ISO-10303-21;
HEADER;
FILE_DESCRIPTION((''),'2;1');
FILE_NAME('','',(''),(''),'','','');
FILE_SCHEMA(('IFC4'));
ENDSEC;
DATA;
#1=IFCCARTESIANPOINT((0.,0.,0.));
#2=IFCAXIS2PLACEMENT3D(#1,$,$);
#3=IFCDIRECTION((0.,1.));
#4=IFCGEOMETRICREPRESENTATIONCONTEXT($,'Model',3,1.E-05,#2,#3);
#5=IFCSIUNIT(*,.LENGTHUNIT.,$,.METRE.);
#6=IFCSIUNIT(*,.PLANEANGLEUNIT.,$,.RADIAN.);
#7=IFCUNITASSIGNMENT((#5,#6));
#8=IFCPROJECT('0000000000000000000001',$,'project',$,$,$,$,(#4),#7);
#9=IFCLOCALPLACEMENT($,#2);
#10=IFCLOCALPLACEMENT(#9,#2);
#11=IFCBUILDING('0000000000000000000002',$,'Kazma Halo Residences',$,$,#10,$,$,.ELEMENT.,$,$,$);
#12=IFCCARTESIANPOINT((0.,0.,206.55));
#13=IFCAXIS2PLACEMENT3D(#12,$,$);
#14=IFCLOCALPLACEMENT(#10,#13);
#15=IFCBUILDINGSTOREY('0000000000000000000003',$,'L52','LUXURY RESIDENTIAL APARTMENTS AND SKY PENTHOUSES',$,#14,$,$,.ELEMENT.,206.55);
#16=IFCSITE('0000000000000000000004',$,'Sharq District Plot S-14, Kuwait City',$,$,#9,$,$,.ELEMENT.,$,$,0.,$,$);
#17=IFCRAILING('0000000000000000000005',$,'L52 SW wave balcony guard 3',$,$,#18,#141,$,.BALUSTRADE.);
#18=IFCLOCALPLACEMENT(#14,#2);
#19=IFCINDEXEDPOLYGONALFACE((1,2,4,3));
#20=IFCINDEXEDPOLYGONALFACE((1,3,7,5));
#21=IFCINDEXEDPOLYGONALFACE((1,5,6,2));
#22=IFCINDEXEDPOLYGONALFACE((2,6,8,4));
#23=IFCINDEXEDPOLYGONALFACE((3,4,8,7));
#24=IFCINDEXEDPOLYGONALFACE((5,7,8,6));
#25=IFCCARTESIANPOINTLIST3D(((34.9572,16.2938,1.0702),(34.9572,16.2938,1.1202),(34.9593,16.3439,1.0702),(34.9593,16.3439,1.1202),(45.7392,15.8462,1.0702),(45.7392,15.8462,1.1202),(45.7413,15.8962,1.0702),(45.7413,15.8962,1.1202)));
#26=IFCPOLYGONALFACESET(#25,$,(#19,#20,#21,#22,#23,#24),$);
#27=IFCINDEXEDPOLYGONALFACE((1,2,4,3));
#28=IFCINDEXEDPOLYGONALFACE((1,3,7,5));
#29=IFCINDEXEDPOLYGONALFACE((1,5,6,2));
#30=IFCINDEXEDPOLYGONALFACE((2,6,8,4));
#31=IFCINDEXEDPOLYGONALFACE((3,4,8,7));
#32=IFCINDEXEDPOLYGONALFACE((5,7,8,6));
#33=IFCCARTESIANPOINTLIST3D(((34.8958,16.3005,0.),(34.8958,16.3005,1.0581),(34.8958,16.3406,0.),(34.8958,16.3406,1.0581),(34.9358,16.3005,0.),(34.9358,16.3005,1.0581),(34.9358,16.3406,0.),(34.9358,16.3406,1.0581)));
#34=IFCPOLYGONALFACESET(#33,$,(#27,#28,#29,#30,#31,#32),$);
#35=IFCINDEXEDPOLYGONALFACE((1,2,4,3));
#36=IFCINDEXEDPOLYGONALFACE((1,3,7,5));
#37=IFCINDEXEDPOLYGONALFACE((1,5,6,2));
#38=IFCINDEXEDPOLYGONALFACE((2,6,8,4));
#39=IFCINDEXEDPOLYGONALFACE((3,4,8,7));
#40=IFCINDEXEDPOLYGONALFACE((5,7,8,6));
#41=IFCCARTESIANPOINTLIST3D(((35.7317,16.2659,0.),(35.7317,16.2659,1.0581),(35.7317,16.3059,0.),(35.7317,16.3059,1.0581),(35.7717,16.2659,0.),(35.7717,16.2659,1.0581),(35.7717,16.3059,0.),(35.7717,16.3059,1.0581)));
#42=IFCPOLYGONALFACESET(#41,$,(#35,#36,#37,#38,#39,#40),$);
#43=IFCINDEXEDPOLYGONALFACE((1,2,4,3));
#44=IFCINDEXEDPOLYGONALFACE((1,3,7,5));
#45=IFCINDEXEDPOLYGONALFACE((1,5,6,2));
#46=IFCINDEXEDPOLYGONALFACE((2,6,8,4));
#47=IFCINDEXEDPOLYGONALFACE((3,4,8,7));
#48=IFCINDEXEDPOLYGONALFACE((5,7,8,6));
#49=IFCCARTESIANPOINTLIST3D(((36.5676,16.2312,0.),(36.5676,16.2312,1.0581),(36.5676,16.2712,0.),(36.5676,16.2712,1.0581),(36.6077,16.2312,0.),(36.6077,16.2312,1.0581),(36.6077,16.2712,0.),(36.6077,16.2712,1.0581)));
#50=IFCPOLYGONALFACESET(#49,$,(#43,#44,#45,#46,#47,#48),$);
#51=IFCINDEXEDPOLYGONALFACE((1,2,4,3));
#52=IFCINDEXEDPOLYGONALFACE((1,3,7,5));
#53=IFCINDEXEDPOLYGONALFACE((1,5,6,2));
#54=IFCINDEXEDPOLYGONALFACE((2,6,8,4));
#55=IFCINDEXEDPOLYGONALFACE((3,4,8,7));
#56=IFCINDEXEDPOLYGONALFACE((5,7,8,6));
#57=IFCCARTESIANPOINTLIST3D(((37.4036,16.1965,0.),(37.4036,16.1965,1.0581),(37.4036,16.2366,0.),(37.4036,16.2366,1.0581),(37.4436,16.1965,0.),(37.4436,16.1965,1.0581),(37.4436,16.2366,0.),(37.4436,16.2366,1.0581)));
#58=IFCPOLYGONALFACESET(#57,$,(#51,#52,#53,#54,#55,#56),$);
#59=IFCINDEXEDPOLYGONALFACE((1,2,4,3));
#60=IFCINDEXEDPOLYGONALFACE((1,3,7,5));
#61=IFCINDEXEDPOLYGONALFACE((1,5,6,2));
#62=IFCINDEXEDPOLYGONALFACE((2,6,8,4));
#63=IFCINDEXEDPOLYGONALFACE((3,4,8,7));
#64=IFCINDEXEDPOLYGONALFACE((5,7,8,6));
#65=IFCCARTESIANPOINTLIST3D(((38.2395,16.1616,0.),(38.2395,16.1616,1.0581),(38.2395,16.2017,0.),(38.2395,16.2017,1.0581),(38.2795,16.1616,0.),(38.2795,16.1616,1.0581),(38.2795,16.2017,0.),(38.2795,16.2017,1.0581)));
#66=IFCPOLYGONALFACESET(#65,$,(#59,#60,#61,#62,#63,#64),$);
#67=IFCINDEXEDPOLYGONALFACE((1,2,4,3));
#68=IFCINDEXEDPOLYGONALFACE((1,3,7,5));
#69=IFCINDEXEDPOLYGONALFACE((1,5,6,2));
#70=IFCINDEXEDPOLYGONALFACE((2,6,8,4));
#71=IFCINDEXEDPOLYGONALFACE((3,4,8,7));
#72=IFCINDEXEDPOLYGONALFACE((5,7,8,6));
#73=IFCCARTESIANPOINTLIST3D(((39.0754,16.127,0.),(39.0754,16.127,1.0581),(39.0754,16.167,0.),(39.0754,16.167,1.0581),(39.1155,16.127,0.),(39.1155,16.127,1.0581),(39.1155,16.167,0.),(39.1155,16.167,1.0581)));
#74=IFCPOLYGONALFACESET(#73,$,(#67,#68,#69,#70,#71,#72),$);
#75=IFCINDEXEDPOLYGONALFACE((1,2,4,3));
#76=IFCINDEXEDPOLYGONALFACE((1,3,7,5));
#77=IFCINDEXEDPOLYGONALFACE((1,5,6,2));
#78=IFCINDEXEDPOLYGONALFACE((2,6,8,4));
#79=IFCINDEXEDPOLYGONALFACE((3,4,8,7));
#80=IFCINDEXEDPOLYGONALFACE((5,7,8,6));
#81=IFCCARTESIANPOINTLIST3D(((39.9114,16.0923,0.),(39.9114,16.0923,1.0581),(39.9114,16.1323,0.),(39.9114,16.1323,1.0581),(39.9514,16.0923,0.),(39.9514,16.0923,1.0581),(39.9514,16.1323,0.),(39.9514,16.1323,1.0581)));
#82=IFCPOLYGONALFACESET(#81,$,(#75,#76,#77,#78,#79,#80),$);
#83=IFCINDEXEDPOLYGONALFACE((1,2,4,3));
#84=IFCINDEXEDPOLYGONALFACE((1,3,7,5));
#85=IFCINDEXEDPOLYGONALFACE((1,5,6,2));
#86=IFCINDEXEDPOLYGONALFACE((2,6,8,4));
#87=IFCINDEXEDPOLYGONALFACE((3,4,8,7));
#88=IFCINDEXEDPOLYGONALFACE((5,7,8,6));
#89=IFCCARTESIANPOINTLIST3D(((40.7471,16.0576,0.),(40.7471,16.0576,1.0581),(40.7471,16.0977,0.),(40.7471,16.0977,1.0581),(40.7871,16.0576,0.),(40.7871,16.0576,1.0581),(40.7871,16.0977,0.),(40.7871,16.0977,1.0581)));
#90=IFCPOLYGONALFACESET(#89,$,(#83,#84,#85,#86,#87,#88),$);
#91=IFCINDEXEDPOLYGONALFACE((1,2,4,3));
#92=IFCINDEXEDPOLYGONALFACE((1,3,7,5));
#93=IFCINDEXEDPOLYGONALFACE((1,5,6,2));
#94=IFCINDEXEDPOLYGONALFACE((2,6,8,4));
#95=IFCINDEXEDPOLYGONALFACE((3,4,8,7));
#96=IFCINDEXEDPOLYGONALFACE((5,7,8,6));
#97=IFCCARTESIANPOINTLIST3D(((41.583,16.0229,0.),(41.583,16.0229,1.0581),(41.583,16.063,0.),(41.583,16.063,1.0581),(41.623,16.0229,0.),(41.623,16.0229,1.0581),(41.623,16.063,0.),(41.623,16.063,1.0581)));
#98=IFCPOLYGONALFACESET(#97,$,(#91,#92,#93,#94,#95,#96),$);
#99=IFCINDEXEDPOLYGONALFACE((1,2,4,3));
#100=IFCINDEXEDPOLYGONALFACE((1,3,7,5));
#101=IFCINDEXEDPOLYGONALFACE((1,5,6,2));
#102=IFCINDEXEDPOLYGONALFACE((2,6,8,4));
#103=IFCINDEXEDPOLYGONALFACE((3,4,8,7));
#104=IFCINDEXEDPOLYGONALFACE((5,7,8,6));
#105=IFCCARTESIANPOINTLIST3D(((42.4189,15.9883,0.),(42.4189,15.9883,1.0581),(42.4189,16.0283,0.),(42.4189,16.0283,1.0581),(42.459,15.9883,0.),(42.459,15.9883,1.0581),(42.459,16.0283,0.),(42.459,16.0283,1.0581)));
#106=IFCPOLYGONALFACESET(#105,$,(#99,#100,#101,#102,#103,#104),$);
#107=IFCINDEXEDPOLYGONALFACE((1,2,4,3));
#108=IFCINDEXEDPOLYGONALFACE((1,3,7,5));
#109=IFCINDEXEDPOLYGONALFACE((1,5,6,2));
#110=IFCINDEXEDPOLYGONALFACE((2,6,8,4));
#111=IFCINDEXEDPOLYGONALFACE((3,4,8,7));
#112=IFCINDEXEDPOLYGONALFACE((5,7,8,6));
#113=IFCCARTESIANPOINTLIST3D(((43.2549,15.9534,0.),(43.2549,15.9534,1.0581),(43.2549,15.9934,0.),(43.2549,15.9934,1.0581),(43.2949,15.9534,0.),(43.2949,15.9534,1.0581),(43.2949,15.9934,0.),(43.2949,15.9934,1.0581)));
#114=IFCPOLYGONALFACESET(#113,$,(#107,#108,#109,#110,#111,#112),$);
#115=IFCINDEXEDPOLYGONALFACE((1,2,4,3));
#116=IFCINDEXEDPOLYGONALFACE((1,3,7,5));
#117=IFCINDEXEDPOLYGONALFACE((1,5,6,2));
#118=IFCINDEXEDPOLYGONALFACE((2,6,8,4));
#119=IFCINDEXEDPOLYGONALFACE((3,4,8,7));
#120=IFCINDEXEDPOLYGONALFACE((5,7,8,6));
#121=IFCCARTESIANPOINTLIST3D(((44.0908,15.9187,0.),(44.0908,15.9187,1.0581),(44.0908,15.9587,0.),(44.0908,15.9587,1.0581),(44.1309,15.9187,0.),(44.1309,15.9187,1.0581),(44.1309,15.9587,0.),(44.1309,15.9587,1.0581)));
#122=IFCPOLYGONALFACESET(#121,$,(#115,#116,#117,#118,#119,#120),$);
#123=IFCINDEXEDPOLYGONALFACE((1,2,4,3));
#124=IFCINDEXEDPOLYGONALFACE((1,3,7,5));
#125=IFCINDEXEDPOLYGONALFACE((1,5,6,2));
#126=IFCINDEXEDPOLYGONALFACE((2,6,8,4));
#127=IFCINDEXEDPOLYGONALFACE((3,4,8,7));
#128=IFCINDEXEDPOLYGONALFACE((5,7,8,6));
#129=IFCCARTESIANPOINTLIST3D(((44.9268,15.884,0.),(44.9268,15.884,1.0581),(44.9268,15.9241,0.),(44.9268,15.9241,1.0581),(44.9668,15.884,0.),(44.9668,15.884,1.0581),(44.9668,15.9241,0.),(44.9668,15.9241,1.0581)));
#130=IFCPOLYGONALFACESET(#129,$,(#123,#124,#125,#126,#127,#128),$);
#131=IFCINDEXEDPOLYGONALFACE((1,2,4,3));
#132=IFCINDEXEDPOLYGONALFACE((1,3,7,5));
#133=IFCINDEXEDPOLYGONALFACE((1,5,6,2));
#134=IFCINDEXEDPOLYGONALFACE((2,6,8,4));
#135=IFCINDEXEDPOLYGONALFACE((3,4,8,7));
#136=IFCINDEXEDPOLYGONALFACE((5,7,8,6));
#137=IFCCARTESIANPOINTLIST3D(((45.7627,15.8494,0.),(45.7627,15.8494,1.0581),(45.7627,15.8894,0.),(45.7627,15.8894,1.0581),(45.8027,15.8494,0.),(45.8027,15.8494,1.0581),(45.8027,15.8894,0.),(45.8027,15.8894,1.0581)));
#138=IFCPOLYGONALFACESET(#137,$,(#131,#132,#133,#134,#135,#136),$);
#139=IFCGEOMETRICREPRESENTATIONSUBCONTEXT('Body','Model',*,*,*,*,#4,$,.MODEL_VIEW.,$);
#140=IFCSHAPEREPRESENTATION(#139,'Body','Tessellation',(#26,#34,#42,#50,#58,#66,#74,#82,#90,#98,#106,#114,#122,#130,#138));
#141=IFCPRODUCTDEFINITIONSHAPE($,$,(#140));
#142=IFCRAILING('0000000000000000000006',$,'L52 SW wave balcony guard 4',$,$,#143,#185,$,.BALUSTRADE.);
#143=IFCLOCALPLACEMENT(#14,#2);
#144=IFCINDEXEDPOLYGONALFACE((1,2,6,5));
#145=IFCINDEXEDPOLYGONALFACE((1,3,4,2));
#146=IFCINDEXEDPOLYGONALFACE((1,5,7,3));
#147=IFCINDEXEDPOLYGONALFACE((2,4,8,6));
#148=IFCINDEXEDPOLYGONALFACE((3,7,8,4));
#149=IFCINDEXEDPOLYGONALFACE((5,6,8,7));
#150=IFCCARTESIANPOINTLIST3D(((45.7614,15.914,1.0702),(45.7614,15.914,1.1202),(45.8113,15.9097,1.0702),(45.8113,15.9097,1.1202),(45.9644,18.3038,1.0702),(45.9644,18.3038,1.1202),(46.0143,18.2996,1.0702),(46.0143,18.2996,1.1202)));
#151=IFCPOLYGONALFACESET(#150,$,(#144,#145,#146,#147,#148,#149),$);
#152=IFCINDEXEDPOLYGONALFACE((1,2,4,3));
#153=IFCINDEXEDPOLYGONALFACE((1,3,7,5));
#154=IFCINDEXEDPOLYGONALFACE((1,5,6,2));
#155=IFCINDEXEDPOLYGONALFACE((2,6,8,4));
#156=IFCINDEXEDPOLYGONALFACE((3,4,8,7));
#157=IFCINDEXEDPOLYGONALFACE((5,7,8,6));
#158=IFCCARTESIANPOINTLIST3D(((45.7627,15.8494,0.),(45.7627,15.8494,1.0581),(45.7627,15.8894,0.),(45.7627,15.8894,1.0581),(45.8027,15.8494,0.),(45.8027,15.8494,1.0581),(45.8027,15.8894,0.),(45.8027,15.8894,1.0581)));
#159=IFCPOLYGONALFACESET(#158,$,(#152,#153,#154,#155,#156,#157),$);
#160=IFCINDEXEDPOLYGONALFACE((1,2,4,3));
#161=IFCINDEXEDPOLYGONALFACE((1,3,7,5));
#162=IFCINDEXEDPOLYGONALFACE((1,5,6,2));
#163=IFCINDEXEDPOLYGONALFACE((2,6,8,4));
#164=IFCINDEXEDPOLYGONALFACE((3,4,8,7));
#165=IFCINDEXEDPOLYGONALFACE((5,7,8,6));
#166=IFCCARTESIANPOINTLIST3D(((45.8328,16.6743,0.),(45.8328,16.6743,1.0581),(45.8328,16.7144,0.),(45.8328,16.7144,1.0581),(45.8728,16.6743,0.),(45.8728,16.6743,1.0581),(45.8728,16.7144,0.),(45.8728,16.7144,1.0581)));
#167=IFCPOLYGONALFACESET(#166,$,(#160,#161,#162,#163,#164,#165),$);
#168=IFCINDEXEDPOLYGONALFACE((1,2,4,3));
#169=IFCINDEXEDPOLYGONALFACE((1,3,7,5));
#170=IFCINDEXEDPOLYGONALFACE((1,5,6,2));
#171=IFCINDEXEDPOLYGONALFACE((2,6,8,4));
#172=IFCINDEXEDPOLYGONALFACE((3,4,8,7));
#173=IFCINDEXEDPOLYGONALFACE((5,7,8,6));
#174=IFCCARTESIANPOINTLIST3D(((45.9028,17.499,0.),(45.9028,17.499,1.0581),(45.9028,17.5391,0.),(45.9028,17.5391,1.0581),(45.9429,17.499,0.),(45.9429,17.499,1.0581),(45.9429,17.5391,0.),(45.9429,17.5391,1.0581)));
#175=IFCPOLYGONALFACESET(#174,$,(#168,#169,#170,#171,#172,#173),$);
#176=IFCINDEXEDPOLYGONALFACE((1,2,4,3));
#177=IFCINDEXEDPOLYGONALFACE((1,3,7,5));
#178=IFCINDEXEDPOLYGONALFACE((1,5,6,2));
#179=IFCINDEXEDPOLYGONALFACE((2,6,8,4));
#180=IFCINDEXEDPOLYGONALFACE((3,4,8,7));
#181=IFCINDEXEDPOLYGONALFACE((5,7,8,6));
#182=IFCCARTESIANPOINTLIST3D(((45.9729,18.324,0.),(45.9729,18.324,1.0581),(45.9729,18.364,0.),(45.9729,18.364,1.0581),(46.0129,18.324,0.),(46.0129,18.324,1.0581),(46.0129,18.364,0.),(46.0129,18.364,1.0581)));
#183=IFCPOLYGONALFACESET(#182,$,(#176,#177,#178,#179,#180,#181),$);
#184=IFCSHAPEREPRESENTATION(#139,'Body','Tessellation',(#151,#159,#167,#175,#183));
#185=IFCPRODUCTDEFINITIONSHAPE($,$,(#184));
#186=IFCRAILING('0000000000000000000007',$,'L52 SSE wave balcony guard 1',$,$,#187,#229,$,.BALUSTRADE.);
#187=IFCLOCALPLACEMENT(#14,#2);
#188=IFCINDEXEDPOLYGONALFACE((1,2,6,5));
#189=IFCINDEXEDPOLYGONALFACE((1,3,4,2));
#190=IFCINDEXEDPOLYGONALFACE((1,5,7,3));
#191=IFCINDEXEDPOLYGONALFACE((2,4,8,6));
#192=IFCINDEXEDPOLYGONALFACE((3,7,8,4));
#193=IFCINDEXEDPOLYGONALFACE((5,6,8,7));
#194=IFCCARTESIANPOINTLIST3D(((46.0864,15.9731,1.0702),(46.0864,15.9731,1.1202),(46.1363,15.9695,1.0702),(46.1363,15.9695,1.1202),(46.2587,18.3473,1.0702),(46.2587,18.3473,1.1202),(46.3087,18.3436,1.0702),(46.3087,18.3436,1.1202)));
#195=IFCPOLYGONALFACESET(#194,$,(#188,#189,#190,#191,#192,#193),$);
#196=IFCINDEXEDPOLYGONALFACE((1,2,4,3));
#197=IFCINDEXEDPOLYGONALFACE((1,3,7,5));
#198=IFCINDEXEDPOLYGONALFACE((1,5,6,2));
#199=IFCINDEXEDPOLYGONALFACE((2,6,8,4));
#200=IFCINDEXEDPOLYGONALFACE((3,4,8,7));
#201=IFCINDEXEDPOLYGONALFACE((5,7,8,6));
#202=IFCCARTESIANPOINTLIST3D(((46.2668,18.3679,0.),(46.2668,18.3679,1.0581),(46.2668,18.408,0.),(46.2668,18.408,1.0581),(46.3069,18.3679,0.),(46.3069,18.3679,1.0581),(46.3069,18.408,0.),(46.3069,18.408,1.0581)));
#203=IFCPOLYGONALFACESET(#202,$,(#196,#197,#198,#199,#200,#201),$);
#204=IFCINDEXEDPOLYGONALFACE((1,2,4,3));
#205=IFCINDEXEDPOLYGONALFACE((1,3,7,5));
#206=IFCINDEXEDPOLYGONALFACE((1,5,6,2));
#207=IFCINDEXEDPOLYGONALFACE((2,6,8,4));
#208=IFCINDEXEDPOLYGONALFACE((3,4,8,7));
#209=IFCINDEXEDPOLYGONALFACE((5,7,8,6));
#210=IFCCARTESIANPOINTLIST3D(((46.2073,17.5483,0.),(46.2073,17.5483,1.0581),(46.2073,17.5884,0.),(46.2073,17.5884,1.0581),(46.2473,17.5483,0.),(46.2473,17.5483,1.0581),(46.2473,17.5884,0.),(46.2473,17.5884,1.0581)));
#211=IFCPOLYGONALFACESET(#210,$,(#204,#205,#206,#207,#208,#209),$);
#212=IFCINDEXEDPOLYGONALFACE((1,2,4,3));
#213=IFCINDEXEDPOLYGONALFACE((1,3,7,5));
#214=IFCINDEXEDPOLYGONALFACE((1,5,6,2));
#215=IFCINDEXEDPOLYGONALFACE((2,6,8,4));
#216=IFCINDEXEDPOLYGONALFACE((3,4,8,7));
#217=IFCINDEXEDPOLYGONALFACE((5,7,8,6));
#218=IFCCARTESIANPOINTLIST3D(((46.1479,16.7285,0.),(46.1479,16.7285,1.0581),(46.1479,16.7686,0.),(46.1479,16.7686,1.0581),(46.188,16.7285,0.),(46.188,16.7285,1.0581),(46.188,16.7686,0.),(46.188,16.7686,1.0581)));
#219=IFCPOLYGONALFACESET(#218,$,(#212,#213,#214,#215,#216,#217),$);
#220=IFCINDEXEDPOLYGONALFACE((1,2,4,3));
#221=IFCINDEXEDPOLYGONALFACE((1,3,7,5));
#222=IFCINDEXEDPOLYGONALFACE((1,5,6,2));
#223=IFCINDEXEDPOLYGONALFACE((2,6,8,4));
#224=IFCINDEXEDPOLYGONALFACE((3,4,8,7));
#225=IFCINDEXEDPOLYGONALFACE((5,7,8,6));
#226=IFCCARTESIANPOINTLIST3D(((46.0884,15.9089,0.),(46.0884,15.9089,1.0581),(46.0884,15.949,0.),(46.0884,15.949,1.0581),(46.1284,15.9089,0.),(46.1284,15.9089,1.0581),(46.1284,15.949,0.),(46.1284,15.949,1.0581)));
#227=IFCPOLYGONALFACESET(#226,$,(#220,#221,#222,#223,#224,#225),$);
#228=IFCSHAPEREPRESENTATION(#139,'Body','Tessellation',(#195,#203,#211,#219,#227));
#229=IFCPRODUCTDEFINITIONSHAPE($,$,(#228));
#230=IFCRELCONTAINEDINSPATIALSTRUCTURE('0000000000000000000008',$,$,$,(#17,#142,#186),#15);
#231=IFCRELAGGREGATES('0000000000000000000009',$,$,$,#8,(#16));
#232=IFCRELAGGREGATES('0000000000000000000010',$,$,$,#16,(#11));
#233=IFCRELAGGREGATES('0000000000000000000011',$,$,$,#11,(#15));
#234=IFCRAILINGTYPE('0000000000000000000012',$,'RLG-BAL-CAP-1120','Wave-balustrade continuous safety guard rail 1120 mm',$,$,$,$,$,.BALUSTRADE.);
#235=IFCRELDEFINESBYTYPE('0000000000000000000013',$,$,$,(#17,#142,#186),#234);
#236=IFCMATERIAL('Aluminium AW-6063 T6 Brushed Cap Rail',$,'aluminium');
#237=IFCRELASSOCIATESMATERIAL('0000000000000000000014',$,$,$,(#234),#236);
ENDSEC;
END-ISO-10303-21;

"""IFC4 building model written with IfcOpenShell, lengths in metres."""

from ifc_helpers import new_model, si_unit, direction, frame, origin, origin_2d, place, context, subcontext, project, spatial, rectangle, extrude, material, type_object, element, save


model = new_model("IFC4")

# Units and contexts
model_context = context("Model", 3, precision=1e-05, world=origin(), true_north=direction((0.0, 1.0)))
body_context = subcontext(model_context, "Body", "Model", "MODEL_VIEW")
ifc_project = project(units=[si_unit("LENGTHUNIT", "METRE"), si_unit("PLANEANGLEUNIT", "RADIAN")], contexts=[model_context])

# Site, building, storey
site_placement = place(None, origin())
site = spatial("IfcSite", under=ifc_project, at=site_placement, Name="Sharq District Plot S-14, Kuwait City", CompositionType="ELEMENT", RefElevation=0.0)
building_placement = place(site_placement, origin())
building = spatial("IfcBuilding", under=site, at=building_placement, Name="Kazma Halo Residences", CompositionType="ELEMENT")
storey_placement = place(building_placement, frame((0.0, 0.0, 206.55)))
storey = spatial("IfcBuildingStorey", under=building, at=storey_placement, Name="L52", Description="LUXURY RESIDENTIAL APARTMENTS AND SKY PENTHOUSES", CompositionType="ELEMENT", Elevation=206.55)

# Railings
ifc_material_1 = material(Name="Aluminium AW-6063 T6 Brushed Cap Rail", Category="aluminium")
railing_type = type_object("IfcRailingType", Name="RLG-BAL-CAP-1120", Description="Wave-balustrade continuous safety guard rail 1120 mm", PredefinedType="BALUSTRADE", material=ifc_material_1)
railing_1_placement = place(storey_placement, frame((34.9158, 16.3206, 0.0)))
element("IfcRailing", 1, at=railing_1_placement, inside=storey, type_object=railing_type, Name="L52 SW wave balcony guard 3", PredefinedType="BALUSTRADE", context=body_context, shape_type="SweptSolid", body=[
    extrude(rectangle(XDim=0.05, YDim=0.05, at=origin_2d()), frame((0.0425, -0.0017, 1.0952), z_axis=(0.999139, -0.041482, 0.0), x_axis=(0.041482, 0.999139, 0.0)), (0.0, 0.0, 1.0), 10.7913),
    extrude(rectangle(XDim=0.04, YDim=0.04, at=origin_2d()), origin(), (0.0, 0.0, 1.0), 1.0581),
    extrude(rectangle(XDim=0.04, YDim=0.04, at=origin_2d()), frame((0.8359, -0.0347, 0.0)), (0.0, 0.0, 1.0), 1.0581),
    extrude(rectangle(XDim=0.04, YDim=0.04, at=origin_2d()), frame((1.6719, -0.0693, 0.0)), (0.0, 0.0, 1.0), 1.0581),
    extrude(rectangle(XDim=0.04, YDim=0.04, at=origin_2d()), frame((2.5078, -0.104, 0.0)), (0.0, 0.0, 1.0), 1.0581),
    extrude(rectangle(XDim=0.04, YDim=0.04, at=origin_2d()), frame((3.3438, -0.1389, 0.0)), (0.0, 0.0, 1.0), 1.0581),
    extrude(rectangle(XDim=0.04, YDim=0.04, at=origin_2d()), frame((4.1797, -0.1736, 0.0)), (0.0, 0.0, 1.0), 1.0581),
    extrude(rectangle(XDim=0.04, YDim=0.04, at=origin_2d()), frame((5.0156, -0.2083, 0.0)), (0.0, 0.0, 1.0), 1.0581),
    extrude(rectangle(XDim=0.04, YDim=0.04, at=origin_2d()), frame((5.8513, -0.2429, 0.0)), (0.0, 0.0, 1.0), 1.0581),
    extrude(rectangle(XDim=0.04, YDim=0.04, at=origin_2d()), frame((6.6873, -0.2776, 0.0)), (0.0, 0.0, 1.0), 1.0581),
    extrude(rectangle(XDim=0.04, YDim=0.04, at=origin_2d()), frame((7.5232, -0.3123, 0.0)), (0.0, 0.0, 1.0), 1.0581),
    extrude(rectangle(XDim=0.04, YDim=0.04, at=origin_2d()), frame((8.3591, -0.3472, 0.0)), (0.0, 0.0, 1.0), 1.0581),
    extrude(rectangle(XDim=0.04, YDim=0.04, at=origin_2d()), frame((9.1951, -0.3818, 0.0)), (0.0, 0.0, 1.0), 1.0581),
    extrude(rectangle(XDim=0.04, YDim=0.04, at=origin_2d()), frame((10.031, -0.4165, 0.0)), (0.0, 0.0, 1.0), 1.0581),
    extrude(rectangle(XDim=0.04, YDim=0.04, at=origin_2d()), frame((10.8669, -0.4512, 0.0)), (0.0, 0.0, 1.0), 1.0581),
])
railing_2_placement = place(storey_placement, frame((45.7827, 15.8694, 0.0)))
element("IfcRailing", 2, at=railing_2_placement, inside=storey, type_object=railing_type, Name="L52 SW wave balcony guard 4", PredefinedType="BALUSTRADE", context=body_context, shape_type="SweptSolid", body=[
    extrude(rectangle(XDim=0.05, YDim=0.05, at=origin_2d()), frame((0.0037, 0.0425, 1.0952), z_axis=(0.08464, 0.996412, 0.0), x_axis=(-0.996412, 0.08464, 0.0)), (0.0, 0.0, 1.0), 2.3984),
    extrude(rectangle(XDim=0.04, YDim=0.04, at=origin_2d()), origin(), (0.0, 0.0, 1.0), 1.0581),
    extrude(rectangle(XDim=0.04, YDim=0.04, at=origin_2d()), frame((0.0701, 0.825, 0.0)), (0.0, 0.0, 1.0), 1.0581),
    extrude(rectangle(XDim=0.04, YDim=0.04, at=origin_2d()), frame((0.1401, 1.6497, 0.0)), (0.0, 0.0, 1.0), 1.0581),
    extrude(rectangle(XDim=0.04, YDim=0.04, at=origin_2d()), frame((0.2102, 2.4746, 0.0)), (0.0, 0.0, 1.0), 1.0581),
])
railing_3_placement = place(storey_placement, frame((46.2869, 18.3879, 0.0)))
element("IfcRailing", 3, at=railing_3_placement, inside=storey, type_object=railing_type, Name="L52 SSE wave balcony guard 1", PredefinedType="BALUSTRADE", context=body_context, shape_type="SweptSolid", body=[
    extrude(rectangle(XDim=0.05, YDim=0.05, at=origin_2d()), frame((-0.0032, -0.0425, 1.0952), z_axis=(-0.072387, -0.997377, 0.0), x_axis=(0.997377, -0.072387, 0.0)), (0.0, 0.0, 1.0), 2.3804),
    extrude(rectangle(XDim=0.04, YDim=0.04, at=origin_2d()), origin(), (0.0, 0.0, 1.0), 1.0581),
    extrude(rectangle(XDim=0.04, YDim=0.04, at=origin_2d()), frame((-0.0596, -0.8196, 0.0)), (0.0, 0.0, 1.0), 1.0581),
    extrude(rectangle(XDim=0.04, YDim=0.04, at=origin_2d()), frame((-0.1189, -1.6394, 0.0)), (0.0, 0.0, 1.0), 1.0581),
    extrude(rectangle(XDim=0.04, YDim=0.04, at=origin_2d()), frame((-0.1785, -2.459, 0.0)), (0.0, 0.0, 1.0), 1.0581),
])

save(model, "model.ifc")
